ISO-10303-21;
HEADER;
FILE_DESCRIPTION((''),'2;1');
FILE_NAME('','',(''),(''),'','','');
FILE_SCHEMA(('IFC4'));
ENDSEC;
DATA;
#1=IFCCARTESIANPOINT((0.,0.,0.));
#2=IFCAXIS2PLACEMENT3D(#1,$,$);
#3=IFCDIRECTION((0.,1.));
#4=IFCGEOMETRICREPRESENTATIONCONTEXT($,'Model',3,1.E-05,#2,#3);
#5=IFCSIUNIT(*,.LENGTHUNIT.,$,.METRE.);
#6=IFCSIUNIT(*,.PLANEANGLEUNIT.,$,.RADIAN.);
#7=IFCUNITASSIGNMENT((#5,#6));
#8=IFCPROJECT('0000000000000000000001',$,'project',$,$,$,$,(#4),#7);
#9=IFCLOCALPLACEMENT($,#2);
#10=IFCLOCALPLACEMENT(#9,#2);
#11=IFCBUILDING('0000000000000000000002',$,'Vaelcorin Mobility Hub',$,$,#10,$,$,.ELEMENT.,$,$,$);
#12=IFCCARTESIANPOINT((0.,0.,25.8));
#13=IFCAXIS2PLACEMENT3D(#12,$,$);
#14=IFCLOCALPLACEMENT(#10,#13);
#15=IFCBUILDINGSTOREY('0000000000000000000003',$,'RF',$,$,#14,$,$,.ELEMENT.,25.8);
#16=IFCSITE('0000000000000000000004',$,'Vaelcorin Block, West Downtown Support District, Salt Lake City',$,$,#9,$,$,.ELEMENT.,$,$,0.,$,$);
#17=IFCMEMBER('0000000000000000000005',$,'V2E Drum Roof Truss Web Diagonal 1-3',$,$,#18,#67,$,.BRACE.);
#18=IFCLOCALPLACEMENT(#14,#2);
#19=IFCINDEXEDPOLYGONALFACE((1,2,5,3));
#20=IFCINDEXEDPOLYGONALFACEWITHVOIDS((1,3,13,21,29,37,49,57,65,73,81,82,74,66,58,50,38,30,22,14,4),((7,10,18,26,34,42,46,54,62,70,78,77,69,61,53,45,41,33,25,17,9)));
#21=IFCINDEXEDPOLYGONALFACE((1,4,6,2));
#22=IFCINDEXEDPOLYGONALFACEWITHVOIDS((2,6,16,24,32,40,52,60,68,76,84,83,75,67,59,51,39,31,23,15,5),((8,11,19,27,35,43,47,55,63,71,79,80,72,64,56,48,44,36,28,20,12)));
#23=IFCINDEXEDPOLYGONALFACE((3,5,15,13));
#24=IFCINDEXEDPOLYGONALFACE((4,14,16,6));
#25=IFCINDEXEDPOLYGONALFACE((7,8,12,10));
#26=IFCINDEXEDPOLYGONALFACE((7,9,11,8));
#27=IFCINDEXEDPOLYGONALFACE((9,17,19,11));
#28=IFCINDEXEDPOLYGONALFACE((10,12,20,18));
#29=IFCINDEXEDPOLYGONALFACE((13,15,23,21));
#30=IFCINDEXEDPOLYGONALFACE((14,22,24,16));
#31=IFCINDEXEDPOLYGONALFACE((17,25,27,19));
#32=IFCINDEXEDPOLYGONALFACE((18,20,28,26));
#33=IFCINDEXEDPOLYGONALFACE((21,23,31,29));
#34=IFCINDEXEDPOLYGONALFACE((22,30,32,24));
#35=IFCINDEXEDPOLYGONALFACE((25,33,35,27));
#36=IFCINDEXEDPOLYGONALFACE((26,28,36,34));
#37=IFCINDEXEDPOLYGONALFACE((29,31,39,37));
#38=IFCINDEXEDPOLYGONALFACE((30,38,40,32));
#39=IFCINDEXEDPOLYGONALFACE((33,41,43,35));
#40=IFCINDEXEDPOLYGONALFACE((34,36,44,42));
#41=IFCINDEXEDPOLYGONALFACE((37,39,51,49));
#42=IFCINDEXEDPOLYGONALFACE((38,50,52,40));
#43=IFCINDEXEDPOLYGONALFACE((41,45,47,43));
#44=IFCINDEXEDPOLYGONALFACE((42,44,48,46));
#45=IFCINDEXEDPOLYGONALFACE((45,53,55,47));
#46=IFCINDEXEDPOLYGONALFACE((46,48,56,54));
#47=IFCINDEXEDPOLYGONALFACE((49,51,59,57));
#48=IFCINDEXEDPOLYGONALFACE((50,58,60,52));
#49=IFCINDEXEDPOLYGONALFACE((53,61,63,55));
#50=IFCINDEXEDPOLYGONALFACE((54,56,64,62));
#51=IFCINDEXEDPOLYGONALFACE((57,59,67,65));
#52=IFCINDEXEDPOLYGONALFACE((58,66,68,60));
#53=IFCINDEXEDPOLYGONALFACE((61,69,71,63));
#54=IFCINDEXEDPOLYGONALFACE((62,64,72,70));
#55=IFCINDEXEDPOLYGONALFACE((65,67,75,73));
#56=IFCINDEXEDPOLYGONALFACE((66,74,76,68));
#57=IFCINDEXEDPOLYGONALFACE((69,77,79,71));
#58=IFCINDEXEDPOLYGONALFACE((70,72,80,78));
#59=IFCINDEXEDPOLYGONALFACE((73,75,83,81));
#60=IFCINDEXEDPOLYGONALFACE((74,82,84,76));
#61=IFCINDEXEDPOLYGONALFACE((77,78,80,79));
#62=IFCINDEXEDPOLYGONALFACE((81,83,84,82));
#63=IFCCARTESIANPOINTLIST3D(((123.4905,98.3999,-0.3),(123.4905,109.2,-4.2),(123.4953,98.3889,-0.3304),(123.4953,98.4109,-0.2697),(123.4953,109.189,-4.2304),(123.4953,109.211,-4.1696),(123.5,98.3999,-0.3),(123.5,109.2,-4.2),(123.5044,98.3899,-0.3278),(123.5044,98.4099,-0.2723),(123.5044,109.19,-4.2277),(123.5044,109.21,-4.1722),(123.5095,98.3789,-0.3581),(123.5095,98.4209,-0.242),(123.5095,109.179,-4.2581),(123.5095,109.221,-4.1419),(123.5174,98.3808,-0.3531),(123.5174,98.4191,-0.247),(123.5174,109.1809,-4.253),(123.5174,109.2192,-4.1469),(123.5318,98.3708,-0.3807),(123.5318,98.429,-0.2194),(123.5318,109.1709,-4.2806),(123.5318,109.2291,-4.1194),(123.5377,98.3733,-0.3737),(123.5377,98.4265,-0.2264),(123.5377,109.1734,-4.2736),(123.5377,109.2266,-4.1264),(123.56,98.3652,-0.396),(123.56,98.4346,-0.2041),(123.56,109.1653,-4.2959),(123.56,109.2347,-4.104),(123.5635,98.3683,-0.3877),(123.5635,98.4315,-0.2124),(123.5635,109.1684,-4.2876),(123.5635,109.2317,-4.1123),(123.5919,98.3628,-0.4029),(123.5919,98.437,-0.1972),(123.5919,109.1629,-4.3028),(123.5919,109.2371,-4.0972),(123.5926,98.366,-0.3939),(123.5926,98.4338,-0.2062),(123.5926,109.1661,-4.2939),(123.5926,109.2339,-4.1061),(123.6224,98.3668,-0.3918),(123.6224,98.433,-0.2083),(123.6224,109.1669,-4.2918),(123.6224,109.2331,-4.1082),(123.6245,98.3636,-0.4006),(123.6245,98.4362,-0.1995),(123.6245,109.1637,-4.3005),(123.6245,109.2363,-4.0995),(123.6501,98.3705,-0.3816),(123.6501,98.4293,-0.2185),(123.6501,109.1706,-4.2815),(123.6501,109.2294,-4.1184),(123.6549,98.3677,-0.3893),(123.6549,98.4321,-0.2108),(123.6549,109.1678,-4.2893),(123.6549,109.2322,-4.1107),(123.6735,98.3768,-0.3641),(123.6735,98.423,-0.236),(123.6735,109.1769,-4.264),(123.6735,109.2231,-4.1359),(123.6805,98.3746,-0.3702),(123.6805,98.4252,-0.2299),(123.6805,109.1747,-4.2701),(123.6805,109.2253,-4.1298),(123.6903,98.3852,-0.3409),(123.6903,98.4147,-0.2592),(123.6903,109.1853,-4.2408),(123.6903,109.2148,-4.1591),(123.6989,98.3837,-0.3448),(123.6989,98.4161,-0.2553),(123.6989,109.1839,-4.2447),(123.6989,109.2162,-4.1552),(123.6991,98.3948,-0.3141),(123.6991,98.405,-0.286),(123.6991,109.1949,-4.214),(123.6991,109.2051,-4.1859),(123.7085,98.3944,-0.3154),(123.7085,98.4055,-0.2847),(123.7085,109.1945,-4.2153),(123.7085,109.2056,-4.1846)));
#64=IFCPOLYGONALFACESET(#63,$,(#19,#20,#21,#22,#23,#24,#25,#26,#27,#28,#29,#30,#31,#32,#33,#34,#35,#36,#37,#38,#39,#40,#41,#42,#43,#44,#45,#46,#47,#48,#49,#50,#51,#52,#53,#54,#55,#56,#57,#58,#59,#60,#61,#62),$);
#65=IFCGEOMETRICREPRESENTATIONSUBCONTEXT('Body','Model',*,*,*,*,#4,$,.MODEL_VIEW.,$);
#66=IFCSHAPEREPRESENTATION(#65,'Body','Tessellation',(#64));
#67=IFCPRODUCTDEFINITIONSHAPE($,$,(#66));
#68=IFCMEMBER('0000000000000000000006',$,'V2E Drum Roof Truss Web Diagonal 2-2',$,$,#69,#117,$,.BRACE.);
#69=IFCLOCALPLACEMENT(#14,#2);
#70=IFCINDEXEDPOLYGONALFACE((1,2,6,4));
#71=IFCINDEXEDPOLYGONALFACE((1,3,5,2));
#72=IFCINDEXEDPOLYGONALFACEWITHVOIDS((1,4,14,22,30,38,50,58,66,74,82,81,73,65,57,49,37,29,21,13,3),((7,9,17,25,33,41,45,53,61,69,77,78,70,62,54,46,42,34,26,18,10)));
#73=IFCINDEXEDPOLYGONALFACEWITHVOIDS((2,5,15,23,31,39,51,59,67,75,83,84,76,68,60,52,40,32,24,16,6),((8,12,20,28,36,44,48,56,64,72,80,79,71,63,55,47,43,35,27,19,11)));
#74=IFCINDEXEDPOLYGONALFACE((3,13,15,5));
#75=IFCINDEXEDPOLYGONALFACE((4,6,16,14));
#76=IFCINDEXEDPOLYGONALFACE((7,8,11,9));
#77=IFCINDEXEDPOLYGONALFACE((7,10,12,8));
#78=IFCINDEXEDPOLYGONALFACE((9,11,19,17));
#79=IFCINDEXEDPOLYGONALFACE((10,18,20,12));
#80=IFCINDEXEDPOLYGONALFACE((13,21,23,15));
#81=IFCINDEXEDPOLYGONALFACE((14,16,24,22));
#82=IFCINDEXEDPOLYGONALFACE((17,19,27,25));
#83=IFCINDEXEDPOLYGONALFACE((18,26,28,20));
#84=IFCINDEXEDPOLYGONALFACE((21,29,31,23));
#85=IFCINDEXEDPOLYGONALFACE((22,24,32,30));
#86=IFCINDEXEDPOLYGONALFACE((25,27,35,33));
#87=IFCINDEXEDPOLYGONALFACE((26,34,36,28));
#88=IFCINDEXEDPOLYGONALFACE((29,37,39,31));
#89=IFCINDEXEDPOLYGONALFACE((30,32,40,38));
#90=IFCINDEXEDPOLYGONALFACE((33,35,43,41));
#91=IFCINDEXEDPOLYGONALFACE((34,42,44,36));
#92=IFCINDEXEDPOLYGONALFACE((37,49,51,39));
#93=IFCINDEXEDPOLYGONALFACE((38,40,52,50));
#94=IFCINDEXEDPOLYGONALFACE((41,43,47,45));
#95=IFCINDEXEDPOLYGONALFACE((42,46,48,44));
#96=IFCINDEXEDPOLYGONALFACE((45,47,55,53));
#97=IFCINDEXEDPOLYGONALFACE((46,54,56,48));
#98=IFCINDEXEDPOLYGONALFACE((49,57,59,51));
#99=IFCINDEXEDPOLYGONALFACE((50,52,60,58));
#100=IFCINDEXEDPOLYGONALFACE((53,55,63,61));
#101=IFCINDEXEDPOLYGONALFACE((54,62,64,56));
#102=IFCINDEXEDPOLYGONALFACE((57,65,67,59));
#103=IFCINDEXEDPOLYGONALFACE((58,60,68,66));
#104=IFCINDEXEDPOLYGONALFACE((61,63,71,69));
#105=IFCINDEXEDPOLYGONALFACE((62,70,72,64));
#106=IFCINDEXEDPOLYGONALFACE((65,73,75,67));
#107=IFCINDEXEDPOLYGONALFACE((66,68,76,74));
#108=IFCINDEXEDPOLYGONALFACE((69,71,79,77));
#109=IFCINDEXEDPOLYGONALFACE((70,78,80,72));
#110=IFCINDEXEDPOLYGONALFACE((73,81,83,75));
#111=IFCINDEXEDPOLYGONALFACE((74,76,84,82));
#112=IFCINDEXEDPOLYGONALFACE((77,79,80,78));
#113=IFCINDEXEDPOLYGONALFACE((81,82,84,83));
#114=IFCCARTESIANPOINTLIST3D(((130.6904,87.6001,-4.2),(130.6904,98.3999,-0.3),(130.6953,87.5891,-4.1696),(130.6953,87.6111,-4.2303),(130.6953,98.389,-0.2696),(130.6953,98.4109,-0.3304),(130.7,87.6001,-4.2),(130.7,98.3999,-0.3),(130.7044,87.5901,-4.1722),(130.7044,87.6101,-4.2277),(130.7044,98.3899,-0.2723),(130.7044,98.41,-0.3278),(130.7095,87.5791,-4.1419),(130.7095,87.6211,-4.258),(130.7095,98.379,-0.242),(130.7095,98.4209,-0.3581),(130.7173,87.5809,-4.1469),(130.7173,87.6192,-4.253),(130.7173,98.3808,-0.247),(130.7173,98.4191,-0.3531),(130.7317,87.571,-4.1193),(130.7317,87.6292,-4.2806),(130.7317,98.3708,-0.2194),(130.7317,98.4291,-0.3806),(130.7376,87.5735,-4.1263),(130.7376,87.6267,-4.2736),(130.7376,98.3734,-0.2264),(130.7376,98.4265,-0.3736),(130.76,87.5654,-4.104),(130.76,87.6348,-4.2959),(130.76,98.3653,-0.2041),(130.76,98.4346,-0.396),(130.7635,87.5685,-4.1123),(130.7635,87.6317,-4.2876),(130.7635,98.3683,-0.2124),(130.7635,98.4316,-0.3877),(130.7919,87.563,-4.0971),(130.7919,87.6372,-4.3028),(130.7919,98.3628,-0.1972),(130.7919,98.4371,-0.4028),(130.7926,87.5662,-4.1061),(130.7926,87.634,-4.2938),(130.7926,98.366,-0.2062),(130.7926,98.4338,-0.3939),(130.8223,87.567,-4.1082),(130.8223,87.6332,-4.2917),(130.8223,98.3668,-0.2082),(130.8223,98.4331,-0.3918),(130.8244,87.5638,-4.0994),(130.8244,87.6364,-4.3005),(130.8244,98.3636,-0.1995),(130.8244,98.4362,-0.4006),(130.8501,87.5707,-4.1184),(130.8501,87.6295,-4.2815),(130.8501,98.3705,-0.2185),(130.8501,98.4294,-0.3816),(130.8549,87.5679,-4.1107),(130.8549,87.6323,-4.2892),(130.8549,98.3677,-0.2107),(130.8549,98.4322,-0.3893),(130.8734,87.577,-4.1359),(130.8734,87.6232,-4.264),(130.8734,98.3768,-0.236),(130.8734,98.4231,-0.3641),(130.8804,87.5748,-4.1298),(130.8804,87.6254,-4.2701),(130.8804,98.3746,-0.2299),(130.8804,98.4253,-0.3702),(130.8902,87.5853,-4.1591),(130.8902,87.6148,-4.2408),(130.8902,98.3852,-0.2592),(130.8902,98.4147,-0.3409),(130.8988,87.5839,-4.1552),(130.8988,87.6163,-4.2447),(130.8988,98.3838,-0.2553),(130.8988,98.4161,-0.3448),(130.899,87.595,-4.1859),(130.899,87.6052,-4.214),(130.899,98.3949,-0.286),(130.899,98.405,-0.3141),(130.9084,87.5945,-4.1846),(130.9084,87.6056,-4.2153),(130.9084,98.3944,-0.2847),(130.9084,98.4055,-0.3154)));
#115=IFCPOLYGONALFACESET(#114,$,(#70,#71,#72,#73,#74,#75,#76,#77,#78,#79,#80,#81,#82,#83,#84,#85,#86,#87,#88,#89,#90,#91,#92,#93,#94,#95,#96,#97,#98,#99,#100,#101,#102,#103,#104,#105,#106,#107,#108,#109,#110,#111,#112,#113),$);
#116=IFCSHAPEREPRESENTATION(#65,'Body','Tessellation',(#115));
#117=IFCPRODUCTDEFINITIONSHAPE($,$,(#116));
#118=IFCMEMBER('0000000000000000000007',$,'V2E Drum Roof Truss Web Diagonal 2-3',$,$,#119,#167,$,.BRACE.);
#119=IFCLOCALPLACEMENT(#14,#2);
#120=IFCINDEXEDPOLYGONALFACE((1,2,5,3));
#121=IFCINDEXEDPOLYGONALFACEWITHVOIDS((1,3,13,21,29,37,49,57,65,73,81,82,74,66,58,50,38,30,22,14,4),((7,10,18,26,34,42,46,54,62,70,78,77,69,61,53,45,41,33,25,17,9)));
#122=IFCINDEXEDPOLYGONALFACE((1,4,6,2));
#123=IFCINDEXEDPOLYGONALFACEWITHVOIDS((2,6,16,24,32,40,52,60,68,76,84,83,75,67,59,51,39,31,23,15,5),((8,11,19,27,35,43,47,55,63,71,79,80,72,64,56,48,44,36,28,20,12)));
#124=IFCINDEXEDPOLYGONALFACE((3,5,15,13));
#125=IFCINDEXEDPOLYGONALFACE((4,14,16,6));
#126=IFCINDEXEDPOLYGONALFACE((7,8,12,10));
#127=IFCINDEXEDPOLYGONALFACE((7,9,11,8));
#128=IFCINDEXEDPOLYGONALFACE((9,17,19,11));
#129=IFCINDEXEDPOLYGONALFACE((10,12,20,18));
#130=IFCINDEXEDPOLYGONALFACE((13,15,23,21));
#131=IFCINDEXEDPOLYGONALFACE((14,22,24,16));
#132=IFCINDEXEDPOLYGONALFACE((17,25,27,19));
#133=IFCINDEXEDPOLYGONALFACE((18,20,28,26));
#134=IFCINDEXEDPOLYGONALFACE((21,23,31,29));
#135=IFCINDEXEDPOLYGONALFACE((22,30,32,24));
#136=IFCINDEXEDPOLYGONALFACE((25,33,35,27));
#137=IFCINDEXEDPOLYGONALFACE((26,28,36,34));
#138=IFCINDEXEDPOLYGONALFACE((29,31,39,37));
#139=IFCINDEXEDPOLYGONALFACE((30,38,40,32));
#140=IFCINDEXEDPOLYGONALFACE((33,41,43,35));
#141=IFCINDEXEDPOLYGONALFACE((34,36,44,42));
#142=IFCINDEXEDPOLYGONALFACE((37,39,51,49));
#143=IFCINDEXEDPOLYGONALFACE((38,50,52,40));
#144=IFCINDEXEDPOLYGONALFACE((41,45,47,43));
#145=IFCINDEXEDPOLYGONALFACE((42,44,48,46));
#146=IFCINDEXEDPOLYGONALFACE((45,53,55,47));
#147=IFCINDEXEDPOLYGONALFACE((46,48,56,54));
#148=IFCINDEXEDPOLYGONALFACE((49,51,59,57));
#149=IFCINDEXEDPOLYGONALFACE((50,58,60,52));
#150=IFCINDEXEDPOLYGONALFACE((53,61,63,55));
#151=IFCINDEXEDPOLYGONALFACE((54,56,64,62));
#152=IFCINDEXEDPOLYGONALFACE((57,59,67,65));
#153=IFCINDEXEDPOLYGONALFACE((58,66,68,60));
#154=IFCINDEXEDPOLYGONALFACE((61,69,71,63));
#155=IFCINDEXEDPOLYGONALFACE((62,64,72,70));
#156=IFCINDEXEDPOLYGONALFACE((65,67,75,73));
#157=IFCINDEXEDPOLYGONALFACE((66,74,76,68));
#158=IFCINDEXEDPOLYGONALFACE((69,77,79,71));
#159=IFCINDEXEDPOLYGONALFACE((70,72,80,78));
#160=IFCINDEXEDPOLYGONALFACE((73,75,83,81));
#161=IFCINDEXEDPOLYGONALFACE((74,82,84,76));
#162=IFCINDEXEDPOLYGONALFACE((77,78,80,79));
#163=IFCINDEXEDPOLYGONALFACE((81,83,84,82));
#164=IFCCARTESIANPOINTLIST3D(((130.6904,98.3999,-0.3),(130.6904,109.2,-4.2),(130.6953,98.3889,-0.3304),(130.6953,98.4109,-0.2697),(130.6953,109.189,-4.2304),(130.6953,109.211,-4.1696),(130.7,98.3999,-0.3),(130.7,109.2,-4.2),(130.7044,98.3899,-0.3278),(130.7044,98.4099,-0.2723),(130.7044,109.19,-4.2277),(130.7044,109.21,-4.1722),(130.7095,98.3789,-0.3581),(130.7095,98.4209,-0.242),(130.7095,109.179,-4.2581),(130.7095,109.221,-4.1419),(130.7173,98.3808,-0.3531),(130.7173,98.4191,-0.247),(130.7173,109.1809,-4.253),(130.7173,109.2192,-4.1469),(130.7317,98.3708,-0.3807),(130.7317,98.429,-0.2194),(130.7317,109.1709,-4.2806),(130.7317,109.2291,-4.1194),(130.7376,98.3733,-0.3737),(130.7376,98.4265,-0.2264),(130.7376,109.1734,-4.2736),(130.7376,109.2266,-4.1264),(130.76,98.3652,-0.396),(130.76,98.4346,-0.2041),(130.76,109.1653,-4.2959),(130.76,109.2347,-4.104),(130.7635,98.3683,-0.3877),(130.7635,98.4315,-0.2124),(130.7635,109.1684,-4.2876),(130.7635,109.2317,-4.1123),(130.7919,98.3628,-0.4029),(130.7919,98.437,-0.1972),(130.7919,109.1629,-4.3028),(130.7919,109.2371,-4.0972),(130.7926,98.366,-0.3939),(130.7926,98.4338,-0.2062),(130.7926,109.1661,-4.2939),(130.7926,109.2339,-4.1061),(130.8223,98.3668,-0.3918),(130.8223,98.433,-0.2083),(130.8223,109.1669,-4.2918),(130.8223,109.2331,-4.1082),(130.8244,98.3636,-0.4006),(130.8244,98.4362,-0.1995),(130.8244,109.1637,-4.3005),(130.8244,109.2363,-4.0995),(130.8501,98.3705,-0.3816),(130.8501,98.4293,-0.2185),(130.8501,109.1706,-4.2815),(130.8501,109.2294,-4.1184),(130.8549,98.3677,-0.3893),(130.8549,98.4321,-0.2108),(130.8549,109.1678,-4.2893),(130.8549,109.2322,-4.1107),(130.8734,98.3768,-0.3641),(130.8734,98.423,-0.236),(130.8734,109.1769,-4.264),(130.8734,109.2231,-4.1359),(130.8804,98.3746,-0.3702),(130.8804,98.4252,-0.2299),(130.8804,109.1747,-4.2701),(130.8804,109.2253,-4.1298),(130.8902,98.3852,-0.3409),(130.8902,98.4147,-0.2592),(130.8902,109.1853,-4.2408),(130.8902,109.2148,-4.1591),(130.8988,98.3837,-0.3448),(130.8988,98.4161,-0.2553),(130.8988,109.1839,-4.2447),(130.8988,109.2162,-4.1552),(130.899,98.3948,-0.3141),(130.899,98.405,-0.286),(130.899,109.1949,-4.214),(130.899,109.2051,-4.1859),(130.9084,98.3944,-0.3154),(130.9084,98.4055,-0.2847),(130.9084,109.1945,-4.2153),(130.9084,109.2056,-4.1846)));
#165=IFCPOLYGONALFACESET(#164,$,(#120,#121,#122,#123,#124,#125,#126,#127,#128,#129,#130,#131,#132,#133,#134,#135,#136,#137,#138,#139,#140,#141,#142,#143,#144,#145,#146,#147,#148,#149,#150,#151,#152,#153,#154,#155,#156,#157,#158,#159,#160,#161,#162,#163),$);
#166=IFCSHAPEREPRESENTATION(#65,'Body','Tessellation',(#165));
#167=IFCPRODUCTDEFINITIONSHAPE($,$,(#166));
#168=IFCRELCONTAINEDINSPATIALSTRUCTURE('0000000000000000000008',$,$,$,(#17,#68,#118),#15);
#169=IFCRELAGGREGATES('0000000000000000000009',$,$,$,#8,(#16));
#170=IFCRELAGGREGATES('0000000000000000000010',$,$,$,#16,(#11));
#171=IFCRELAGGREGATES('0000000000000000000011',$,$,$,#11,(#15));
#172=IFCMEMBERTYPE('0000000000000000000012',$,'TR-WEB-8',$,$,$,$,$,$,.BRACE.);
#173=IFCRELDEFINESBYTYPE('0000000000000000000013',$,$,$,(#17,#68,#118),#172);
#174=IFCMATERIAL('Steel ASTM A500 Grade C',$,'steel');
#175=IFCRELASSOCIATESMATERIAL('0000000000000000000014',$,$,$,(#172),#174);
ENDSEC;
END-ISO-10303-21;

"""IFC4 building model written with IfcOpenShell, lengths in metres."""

from ifc_helpers import new_model, si_unit, direction, frame, origin, origin_2d, place, context, subcontext, project, spatial, hollow_circle, extrude, material, material_profile, profile_set, type_object, element, save


model = new_model("IFC4")

# Units and contexts
model_context = context("Model", 3, precision=1e-05, world=origin(), true_north=direction((0.0, 1.0)))
body_context = subcontext(model_context, "Body", "Model", "MODEL_VIEW")
ifc_project = project(units=[si_unit("LENGTHUNIT", "METRE"), si_unit("PLANEANGLEUNIT", "RADIAN")], contexts=[model_context])

# Site, building, storey
site_placement = place(None, origin())
site = spatial("IfcSite", under=ifc_project, at=site_placement, Name="Vaelcorin Block, West Downtown Support District, Salt Lake City", CompositionType="ELEMENT", RefElevation=0.0)
building_placement = place(site_placement, origin())
building = spatial("IfcBuilding", under=site, at=building_placement, Name="Vaelcorin Mobility Hub", CompositionType="ELEMENT")
storey_placement = place(building_placement, frame((0.0, 0.0, 25.8)))
storey = spatial("IfcBuildingStorey", under=building, at=storey_placement, Name="RF", CompositionType="ELEMENT", Elevation=25.8)

# Shared definitions
ifc_material_1 = material(Name="Steel ASTM A500 Grade C", Category="steel")

# Members
ifc_material_profile_1 = material_profile(ifc_material_1, hollow_circle(Radius=0.1096, WallThickness=0.0095, at=origin_2d()), Name="HSS8.625X0.375")
ifc_profile_set_1 = profile_set([ifc_material_profile_1], Name="Steel ASTM A500 Grade C")
member_type_1 = type_object("IfcMemberType", Name="TR-WEB-8", PredefinedType="BRACE", material=ifc_profile_set_1)
member_1_placement = place(storey_placement, frame((123.6001, 98.3999, -0.3), z_axis=(0.0, 0.940557, -0.339636), x_axis=(-1.0, 0.0, 0.0)))
element("IfcMember", 1, at=member_1_placement, inside=storey, type_object=member_type_1, Name="V2E Drum Roof Truss Web Diagonal 1-3", PredefinedType="BRACE", context=body_context, shape_type="SweptSolid", body=[
    extrude(hollow_circle(Radius=0.1096, WallThickness=0.0095, at=origin_2d()), origin(), (0.0, 0.0, 1.0), 11.4827),
])
member_2_placement = place(storey_placement, frame((130.8, 87.6001, -4.2), z_axis=(0.0, 0.940555, 0.339642), x_axis=(-1.0, 0.0, 0.0)))
element("IfcMember", 2, at=member_2_placement, inside=storey, type_object=member_type_1, Name="V2E Drum Roof Truss Web Diagonal 2-2", PredefinedType="BRACE", context=body_context, shape_type="SweptSolid", body=[
    extrude(hollow_circle(Radius=0.1096, WallThickness=0.0095, at=origin_2d()), origin(), (0.0, 0.0, 1.0), 11.4824),
])
member_3_placement = place(storey_placement, frame((130.8, 98.3999, -0.3), z_axis=(0.0, 0.940557, -0.339636), x_axis=(-1.0, 0.0, 0.0)))
element("IfcMember", 3, at=member_3_placement, inside=storey, type_object=member_type_1, Name="V2E Drum Roof Truss Web Diagonal 2-3", PredefinedType="BRACE", context=body_context, shape_type="SweptSolid", body=[
    extrude(hollow_circle(Radius=0.1096, WallThickness=0.0095, at=origin_2d()), origin(), (0.0, 0.0, 1.0), 11.4827),
])

save(model, "model.ifc")
